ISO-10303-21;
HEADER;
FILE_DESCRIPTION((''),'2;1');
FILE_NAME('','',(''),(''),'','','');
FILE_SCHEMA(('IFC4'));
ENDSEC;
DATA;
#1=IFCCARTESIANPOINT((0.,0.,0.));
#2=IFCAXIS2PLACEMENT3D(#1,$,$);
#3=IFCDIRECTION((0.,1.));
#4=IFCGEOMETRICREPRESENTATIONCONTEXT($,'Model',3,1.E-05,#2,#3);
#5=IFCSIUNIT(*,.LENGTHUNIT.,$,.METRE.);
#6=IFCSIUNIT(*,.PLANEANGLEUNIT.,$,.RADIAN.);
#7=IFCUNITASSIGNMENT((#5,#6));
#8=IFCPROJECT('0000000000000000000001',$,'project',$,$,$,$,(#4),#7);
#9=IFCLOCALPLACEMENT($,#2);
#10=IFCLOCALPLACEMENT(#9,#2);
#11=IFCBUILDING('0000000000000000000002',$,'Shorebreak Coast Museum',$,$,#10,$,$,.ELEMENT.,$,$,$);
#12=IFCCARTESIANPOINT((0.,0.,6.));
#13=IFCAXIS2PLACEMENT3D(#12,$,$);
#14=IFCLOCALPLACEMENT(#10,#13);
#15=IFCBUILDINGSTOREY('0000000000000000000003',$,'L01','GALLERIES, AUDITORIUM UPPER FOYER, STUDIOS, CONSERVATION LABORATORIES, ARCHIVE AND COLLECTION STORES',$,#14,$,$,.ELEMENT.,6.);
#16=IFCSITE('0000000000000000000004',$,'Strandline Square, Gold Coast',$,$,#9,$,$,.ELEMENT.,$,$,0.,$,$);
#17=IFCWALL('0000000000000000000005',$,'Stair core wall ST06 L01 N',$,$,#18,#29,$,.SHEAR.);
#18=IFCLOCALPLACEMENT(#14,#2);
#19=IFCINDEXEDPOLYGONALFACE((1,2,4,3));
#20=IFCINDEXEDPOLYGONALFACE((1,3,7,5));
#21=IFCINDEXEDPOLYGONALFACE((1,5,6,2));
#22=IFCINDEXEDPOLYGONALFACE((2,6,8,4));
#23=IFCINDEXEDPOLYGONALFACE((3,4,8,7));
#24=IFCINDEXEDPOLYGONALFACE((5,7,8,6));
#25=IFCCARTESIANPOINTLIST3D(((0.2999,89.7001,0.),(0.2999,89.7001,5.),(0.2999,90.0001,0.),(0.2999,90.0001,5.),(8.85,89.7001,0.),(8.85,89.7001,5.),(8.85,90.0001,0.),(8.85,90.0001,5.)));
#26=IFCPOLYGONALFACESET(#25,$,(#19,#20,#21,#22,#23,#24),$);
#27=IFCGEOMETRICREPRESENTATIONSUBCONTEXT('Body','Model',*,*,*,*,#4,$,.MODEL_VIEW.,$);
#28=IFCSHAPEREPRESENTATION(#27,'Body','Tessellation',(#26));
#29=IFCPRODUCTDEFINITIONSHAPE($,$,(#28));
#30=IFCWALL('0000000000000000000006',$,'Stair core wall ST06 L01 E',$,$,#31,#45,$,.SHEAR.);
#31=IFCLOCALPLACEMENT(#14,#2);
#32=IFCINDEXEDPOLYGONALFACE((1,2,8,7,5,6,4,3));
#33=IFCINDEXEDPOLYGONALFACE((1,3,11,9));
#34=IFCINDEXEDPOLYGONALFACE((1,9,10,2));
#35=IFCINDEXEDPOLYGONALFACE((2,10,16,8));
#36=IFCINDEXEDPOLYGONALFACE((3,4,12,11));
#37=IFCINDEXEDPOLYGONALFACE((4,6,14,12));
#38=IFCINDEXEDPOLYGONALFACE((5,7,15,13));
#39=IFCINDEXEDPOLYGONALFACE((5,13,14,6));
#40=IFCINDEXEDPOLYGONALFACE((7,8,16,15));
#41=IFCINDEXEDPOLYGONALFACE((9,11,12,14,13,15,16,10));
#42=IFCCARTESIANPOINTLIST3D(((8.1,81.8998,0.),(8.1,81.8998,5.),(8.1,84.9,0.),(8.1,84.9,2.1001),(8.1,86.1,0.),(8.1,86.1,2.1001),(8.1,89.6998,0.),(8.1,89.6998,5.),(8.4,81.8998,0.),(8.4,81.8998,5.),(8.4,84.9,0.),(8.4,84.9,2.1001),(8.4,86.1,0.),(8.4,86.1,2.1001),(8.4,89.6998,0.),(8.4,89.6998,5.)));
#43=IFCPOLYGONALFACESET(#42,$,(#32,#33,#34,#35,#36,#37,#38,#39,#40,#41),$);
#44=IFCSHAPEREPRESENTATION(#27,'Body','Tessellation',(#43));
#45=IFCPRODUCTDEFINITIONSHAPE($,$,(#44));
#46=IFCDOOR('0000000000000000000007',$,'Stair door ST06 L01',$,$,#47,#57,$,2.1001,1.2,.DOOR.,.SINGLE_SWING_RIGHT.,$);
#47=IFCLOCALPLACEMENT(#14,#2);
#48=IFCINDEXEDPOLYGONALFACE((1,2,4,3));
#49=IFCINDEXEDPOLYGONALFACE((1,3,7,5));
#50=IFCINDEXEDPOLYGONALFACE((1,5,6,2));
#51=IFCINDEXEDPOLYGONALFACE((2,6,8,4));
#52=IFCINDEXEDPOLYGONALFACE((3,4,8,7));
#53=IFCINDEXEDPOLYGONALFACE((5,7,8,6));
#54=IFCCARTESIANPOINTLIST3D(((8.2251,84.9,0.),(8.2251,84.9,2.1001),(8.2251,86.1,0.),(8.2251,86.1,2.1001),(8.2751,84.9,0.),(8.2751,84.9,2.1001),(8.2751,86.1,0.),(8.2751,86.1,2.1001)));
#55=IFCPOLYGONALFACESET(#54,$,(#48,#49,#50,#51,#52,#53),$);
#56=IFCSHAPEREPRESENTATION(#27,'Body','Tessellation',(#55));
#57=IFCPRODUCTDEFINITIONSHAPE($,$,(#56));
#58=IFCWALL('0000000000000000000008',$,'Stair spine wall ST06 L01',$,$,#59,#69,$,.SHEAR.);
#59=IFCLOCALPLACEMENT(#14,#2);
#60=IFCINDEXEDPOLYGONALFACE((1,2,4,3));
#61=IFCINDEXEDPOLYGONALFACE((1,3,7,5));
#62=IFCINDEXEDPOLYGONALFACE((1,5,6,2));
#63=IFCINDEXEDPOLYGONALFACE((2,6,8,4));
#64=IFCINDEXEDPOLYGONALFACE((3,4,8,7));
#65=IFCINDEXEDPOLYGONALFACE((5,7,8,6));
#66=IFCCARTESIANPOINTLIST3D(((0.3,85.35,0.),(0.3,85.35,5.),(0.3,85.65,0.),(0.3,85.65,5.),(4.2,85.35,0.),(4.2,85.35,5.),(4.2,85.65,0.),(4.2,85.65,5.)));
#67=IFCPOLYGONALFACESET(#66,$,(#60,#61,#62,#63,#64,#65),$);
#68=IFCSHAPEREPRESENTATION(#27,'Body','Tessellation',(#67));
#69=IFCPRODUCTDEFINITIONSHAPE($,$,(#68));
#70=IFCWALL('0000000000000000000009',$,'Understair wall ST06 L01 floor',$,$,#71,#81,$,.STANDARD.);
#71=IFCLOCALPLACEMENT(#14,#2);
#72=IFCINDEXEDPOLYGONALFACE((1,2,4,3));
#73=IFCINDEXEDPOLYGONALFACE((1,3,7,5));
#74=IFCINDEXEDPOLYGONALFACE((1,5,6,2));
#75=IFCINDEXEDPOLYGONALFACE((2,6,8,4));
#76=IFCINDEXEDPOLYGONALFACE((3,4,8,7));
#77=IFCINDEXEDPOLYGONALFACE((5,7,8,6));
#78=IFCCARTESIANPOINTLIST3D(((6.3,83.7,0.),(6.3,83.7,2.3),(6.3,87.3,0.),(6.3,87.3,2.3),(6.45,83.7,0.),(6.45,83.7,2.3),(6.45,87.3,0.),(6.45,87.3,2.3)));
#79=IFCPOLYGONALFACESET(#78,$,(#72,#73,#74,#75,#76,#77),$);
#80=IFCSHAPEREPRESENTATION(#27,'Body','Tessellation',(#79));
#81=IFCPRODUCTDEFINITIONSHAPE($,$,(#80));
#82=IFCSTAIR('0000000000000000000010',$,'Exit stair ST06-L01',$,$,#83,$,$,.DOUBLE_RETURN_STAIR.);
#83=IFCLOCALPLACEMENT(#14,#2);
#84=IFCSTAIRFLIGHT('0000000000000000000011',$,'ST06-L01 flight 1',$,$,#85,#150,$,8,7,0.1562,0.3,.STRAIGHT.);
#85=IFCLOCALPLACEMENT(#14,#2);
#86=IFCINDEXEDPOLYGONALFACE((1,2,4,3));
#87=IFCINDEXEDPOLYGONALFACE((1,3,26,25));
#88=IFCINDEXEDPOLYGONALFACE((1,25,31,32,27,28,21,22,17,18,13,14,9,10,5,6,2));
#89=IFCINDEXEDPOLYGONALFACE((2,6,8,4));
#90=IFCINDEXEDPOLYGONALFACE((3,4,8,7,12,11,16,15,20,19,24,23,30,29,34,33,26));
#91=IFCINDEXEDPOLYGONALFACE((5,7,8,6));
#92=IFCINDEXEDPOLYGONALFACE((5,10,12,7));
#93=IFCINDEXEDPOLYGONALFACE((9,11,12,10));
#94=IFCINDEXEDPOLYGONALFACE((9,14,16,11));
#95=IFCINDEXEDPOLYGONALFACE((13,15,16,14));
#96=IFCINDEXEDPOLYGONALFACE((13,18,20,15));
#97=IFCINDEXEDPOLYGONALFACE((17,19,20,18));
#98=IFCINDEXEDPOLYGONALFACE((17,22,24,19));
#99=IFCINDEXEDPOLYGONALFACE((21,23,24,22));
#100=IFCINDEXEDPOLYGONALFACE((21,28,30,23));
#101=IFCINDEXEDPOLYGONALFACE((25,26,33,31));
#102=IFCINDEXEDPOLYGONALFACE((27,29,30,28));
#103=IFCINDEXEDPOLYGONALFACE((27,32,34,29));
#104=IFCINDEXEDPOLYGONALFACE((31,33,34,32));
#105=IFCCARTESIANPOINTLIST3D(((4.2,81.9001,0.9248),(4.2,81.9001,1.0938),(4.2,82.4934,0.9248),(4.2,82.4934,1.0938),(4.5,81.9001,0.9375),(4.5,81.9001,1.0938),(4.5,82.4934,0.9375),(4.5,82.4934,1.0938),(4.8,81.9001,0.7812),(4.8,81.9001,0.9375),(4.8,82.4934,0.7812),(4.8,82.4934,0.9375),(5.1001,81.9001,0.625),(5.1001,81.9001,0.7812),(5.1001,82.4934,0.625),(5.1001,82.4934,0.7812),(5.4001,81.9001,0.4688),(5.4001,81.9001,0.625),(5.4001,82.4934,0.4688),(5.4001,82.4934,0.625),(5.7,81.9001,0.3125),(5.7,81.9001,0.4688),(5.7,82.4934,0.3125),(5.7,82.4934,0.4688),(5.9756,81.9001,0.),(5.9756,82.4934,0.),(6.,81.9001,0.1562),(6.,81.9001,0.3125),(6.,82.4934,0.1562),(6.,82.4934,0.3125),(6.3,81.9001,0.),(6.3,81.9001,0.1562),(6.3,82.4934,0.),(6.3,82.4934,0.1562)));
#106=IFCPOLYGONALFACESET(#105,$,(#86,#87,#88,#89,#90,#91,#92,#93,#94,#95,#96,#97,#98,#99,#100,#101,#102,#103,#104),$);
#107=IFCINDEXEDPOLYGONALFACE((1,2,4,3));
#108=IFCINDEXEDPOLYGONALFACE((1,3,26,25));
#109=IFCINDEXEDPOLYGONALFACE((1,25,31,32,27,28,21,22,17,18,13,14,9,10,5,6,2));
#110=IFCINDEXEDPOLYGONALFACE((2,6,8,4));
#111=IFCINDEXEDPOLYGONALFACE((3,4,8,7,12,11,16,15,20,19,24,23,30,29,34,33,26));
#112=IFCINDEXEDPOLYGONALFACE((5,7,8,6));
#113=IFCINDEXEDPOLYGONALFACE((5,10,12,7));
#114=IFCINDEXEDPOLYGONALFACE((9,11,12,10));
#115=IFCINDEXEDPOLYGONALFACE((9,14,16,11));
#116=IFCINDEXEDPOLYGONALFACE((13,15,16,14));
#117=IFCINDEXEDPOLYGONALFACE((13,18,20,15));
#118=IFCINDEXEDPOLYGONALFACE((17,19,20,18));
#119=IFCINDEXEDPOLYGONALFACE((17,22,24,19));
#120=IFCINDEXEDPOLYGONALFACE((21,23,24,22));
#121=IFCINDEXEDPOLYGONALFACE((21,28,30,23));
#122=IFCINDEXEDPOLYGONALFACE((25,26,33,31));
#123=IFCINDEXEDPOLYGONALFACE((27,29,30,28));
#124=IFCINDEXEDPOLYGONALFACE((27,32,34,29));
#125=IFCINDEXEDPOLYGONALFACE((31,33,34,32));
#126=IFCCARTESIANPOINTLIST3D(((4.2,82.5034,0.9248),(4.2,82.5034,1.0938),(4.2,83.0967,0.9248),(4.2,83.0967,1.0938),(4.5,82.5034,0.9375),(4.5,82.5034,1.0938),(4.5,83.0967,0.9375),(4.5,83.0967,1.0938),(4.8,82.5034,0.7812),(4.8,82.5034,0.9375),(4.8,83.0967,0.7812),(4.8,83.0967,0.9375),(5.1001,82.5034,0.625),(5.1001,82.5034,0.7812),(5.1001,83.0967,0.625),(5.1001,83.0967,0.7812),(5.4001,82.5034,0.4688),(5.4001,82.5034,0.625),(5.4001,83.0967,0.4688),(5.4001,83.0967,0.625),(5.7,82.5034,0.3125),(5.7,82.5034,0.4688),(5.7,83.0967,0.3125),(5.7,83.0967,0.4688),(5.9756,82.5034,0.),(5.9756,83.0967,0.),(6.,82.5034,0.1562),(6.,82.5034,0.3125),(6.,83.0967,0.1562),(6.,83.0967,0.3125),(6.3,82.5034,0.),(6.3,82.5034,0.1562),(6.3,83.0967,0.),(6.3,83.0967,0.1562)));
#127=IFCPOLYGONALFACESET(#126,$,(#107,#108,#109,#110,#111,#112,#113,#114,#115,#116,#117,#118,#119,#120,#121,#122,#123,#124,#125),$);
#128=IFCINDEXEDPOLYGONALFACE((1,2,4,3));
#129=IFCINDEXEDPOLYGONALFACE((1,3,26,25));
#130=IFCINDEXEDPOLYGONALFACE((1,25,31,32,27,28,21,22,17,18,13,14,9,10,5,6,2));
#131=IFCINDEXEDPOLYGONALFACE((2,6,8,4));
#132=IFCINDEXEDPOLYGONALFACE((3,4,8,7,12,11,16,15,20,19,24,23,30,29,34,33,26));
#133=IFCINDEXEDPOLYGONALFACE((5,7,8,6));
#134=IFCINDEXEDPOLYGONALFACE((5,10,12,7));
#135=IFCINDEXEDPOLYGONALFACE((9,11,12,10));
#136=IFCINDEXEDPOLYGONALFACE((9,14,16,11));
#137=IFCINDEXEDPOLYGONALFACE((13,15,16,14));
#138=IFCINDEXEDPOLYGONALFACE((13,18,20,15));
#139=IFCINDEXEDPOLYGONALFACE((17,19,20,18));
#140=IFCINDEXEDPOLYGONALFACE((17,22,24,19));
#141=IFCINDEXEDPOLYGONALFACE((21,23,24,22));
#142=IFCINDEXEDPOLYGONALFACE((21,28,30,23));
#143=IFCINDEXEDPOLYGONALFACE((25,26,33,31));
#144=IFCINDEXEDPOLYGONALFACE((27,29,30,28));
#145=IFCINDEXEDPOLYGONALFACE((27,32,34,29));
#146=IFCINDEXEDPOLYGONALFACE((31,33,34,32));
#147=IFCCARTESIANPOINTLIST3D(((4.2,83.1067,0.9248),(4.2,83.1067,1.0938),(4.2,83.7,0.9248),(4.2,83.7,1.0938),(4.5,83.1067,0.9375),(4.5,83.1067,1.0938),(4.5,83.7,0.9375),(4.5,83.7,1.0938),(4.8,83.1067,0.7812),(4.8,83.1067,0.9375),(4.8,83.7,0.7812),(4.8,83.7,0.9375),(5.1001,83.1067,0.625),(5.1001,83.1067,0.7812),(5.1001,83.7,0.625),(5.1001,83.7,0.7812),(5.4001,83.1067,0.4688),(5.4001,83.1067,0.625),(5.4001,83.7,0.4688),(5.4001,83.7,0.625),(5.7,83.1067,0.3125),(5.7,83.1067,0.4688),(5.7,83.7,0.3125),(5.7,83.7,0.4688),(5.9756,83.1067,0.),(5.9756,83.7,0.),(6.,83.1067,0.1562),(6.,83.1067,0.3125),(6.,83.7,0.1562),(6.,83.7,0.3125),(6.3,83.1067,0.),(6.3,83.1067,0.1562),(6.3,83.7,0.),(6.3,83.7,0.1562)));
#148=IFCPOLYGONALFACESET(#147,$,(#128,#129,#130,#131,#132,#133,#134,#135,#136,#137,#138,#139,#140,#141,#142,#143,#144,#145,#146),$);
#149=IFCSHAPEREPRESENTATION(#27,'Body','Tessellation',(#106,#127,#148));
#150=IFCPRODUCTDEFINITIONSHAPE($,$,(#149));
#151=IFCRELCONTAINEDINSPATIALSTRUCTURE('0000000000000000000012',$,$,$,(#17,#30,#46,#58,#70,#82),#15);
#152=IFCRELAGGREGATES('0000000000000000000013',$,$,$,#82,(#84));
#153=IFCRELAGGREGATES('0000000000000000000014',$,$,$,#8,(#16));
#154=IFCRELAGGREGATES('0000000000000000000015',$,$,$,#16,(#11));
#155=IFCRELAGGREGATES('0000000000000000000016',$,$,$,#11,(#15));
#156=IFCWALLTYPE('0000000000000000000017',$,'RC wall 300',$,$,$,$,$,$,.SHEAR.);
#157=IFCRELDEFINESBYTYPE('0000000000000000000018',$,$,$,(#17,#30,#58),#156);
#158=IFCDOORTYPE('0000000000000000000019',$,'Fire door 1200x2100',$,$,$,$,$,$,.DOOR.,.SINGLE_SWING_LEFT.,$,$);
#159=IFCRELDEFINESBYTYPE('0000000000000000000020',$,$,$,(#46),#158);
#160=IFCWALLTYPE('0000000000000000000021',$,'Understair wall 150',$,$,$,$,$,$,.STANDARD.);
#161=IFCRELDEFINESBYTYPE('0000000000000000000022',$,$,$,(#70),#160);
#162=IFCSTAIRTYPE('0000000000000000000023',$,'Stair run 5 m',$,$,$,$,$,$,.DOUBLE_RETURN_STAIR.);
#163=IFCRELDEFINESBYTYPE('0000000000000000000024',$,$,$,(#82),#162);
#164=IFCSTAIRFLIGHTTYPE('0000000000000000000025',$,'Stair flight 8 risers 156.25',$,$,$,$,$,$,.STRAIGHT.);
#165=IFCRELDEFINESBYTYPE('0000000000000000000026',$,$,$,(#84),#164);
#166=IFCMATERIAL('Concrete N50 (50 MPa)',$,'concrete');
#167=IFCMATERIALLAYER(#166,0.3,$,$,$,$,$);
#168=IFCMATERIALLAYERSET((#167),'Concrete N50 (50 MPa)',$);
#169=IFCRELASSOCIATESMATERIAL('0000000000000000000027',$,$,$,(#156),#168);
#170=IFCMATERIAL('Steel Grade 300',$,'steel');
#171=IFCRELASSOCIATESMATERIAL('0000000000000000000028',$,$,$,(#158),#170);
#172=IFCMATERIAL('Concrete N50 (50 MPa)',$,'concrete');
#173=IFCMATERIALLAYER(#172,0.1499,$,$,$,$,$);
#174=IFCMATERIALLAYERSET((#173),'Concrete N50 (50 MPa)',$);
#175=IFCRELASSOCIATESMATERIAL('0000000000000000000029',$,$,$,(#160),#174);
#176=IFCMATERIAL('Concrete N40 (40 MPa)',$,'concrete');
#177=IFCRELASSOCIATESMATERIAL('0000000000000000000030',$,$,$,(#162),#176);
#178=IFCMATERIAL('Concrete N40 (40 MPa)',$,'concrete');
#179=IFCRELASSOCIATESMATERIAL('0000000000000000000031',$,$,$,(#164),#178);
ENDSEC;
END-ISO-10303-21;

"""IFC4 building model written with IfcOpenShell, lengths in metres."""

from ifc_helpers import new_model, si_unit, direction, frame, frame_2d, origin, place, context, subcontext, project, spatial, polyline, rectangle, outline, extrude, material, layer, layer_set, type_object, element, fill, aggregate, save


model = new_model("IFC4")

# Units and contexts
model_context = context("Model", 3, precision=1e-05, world=origin(), true_north=direction((0.0, 1.0)))
body_context = subcontext(model_context, "Body", "Model", "MODEL_VIEW")
ifc_project = project(units=[si_unit("LENGTHUNIT", "METRE"), si_unit("PLANEANGLEUNIT", "RADIAN")], contexts=[model_context])

# Site, building, storey
site_placement = place(None, origin())
site = spatial("IfcSite", under=ifc_project, at=site_placement, Name="Strandline Square, Gold Coast", CompositionType="ELEMENT", RefElevation=0.0)
building_placement = place(site_placement, origin())
building = spatial("IfcBuilding", under=site, at=building_placement, Name="Shorebreak Coast Museum", CompositionType="ELEMENT")
storey_placement = place(building_placement, frame((0.0, 0.0, 6.0)))
storey = spatial("IfcBuildingStorey", under=building, at=storey_placement, Name="L01", Description="GALLERIES, AUDITORIUM UPPER FOYER, STUDIOS, CONSERVATION LABORATORIES, ARCHIVE AND COLLECTION STORES", CompositionType="ELEMENT", Elevation=6.0)

# Wall
ifc_material_1 = material(Name="Concrete N50 (50 MPa)", Category="concrete")
ifc_layer_1 = layer(ifc_material_1, 0.3)
ifc_layer_set_1 = layer_set([ifc_layer_1], Name="Concrete N50 (50 MPa)")
wall_type_1 = type_object("IfcWallType", Name="RC wall 300", PredefinedType="SHEAR", material=ifc_layer_set_1)
wall_1_placement = place(storey_placement, frame((0.3, 89.8501, 0.0), z_axis=(0.0, 0.0, 1.0), x_axis=(1.0, 0.0, 0.0)))
element("IfcWall", 1, at=wall_1_placement, inside=storey, type_object=wall_type_1, Name="Stair core wall ST06 L01 N", PredefinedType="SHEAR", context=body_context, shape_type="SweptSolid", body=[
    extrude(rectangle(XDim=8.55, YDim=0.3, at=frame_2d((4.2749, 0.0))), origin(), (0.0, 0.0, 1.0), 5.0),
])

# Wall, opening, door
wall_2_placement = place(storey_placement, frame((8.25, 81.8999, 0.0), z_axis=(0.0, 0.0, 1.0), x_axis=(0.0, 1.0, 0.0)))
wall_2 = element("IfcWall", 2, at=wall_2_placement, inside=storey, type_object=wall_type_1, Name="Stair core wall ST06 L01 E", PredefinedType="SHEAR", context=body_context, shape_type="SweptSolid", body=[
    extrude(rectangle(XDim=7.8, YDim=0.3, at=frame_2d((3.8999, 0.0))), origin(), (0.0, 0.0, 1.0), 5.0),
])
opening_placement = place(wall_2_placement, frame((3.0, 0.0, 0.0)))
opening = element("IfcOpeningElement", 3, at=opening_placement, cuts=wall_2, PredefinedType="OPENING", context=body_context, shape_type="SweptSolid", body=[
    extrude(rectangle(XDim=1.2, YDim=2.1001, at=frame_2d((0.6001, 1.05))), frame((0.0, 0.1599, 0.0), z_axis=(0.0, -1.0, 0.0), x_axis=(1.0, 0.0, 0.0)), (0.0, 0.0, 1.0), 0.3201),
])
ifc_material_2 = material(Name="Steel Grade 300", Category="steel")
door_type = type_object("IfcDoorType", Name="Fire door 1200x2100", OperationType="SINGLE_SWING_LEFT", PredefinedType="DOOR", material=ifc_material_2)
door_placement = place(opening_placement, origin())
door = element("IfcDoor", 4, at=door_placement, inside=storey, type_object=door_type, Name="Stair door ST06 L01", OperationType="SINGLE_SWING_RIGHT", OverallHeight=2.1001, OverallWidth=1.2, PredefinedType="DOOR", context=body_context, shape_type="SweptSolid", body=[
    extrude(rectangle(XDim=1.2, YDim=2.1001, at=frame_2d((0.6001, 1.05))), frame((0.0, 0.0249, 0.0), z_axis=(0.0, -1.0, 0.0), x_axis=(1.0, 0.0, 0.0)), (0.0, 0.0, 1.0), 0.05),
])
fill(opening, door)

# Walls
wall_3_placement = place(storey_placement, frame((4.2, 85.5, 0.0), z_axis=(0.0, 0.0, 1.0), x_axis=(-1.0, 0.0, 0.0)))
element("IfcWall", 5, at=wall_3_placement, inside=storey, type_object=wall_type_1, Name="Stair spine wall ST06 L01", PredefinedType="SHEAR", context=body_context, shape_type="SweptSolid", body=[
    extrude(rectangle(XDim=3.8999, YDim=0.3, at=frame_2d((1.95, 0.0))), origin(), (0.0, 0.0, 1.0), 5.0),
])
ifc_material_3 = material(Name="Concrete N50 (50 MPa)", Category="concrete")
ifc_layer_2 = layer(ifc_material_3, 0.1499)
ifc_layer_set_2 = layer_set([ifc_layer_2], Name="Concrete N50 (50 MPa)")
wall_type_2 = type_object("IfcWallType", Name="Understair wall 150", PredefinedType="STANDARD", material=ifc_layer_set_2)
wall_4_placement = place(storey_placement, frame((6.375, 83.7, 0.0), z_axis=(0.0, 0.0, 1.0), x_axis=(0.0, 1.0, 0.0)))
element("IfcWall", 6, at=wall_4_placement, inside=storey, type_object=wall_type_2, Name="Understair wall ST06 L01 floor", PredefinedType="STANDARD", context=body_context, shape_type="SweptSolid", body=[
    extrude(rectangle(XDim=3.6001, YDim=0.1499, at=frame_2d((1.8, 0.0))), origin(), (0.0, 0.0, 1.0), 2.3),
])

# Stair, stair flight
ifc_material_4 = material(Name="Concrete N40 (40 MPa)", Category="concrete")
stair_type = type_object("IfcStairType", Name="Stair run 5 m", PredefinedType="DOUBLE_RETURN_STAIR", material=ifc_material_4)
stair_placement = place(storey_placement, origin())
stair = element("IfcStair", 7, at=stair_placement, inside=storey, type_object=stair_type, Name="Exit stair ST06-L01", PredefinedType="DOUBLE_RETURN_STAIR")
ifc_material_5 = material(Name="Concrete N40 (40 MPa)", Category="concrete")
stair_flight_type = type_object("IfcStairFlightType", Name="Stair flight 8 risers 156.25", PredefinedType="STRAIGHT", material=ifc_material_5)
stair_flight_1_placement = place(storey_placement, frame((6.3, 82.8, 0.0), z_axis=(0.0, 0.0, 1.0), x_axis=(-1.0, 0.0, 0.0)))
stair_flight_1 = element("IfcStairFlight", 8, at=stair_flight_1_placement, type_object=stair_flight_type, Name="ST06-L01 flight 1", NumberOfRisers=8, NumberOfTreads=7, PredefinedType="STRAIGHT", RiserHeight=0.1562, TreadLength=0.3, context=body_context, shape_type="SweptSolid", body=[
    extrude(outline(polyline([(0.0, 0.0), (0.0, 0.1562), (0.3, 0.1562), (0.3, 0.3125), (0.6001, 0.3125), (0.6001, 0.4688), (0.8999, 0.4688), (0.8999, 0.625), (1.2, 0.625), (1.2, 0.7812), (1.5, 0.7812), (1.5, 0.9375), (1.8, 0.9375), (1.8, 1.0938), (2.1001, 1.0938), (2.1001, 1.25), (2.1001, 0.9248), (0.3245, 0.0), (0.0, 0.0)])), frame((0.0, 0.8999, 0.0), z_axis=(0.0, -1.0, 0.0), x_axis=(1.0, 0.0, 0.0)), (0.0, 0.0, 1.0), 0.5933),
    extrude(outline(polyline([(0.0, 0.0), (0.0, 0.1562), (0.3, 0.1562), (0.3, 0.3125), (0.6001, 0.3125), (0.6001, 0.4688), (0.8999, 0.4688), (0.8999, 0.625), (1.2, 0.625), (1.2, 0.7812), (1.5, 0.7812), (1.5, 0.9375), (1.8, 0.9375), (1.8, 1.0938), (2.1001, 1.0938), (2.1001, 1.25), (2.1001, 0.9248), (0.3245, 0.0), (0.0, 0.0)])), frame((0.0, 0.2966, 0.0), z_axis=(0.0, -1.0, 0.0), x_axis=(1.0, 0.0, 0.0)), (0.0, 0.0, 1.0), 0.5933),
    extrude(outline(polyline([(0.0, 0.0), (0.0, 0.1562), (0.3, 0.1562), (0.3, 0.3125), (0.6001, 0.3125), (0.6001, 0.4688), (0.8999, 0.4688), (0.8999, 0.625), (1.2, 0.625), (1.2, 0.7812), (1.5, 0.7812), (1.5, 0.9375), (1.8, 0.9375), (1.8, 1.0938), (2.1001, 1.0938), (2.1001, 1.25), (2.1001, 0.9248), (0.3245, 0.0), (0.0, 0.0)])), frame((0.0, -0.3066, 0.0), z_axis=(0.0, -1.0, 0.0), x_axis=(1.0, 0.0, 0.0)), (0.0, 0.0, 1.0), 0.5933),
])
aggregate(stair, [stair_flight_1])

save(model, "model.ifc")
